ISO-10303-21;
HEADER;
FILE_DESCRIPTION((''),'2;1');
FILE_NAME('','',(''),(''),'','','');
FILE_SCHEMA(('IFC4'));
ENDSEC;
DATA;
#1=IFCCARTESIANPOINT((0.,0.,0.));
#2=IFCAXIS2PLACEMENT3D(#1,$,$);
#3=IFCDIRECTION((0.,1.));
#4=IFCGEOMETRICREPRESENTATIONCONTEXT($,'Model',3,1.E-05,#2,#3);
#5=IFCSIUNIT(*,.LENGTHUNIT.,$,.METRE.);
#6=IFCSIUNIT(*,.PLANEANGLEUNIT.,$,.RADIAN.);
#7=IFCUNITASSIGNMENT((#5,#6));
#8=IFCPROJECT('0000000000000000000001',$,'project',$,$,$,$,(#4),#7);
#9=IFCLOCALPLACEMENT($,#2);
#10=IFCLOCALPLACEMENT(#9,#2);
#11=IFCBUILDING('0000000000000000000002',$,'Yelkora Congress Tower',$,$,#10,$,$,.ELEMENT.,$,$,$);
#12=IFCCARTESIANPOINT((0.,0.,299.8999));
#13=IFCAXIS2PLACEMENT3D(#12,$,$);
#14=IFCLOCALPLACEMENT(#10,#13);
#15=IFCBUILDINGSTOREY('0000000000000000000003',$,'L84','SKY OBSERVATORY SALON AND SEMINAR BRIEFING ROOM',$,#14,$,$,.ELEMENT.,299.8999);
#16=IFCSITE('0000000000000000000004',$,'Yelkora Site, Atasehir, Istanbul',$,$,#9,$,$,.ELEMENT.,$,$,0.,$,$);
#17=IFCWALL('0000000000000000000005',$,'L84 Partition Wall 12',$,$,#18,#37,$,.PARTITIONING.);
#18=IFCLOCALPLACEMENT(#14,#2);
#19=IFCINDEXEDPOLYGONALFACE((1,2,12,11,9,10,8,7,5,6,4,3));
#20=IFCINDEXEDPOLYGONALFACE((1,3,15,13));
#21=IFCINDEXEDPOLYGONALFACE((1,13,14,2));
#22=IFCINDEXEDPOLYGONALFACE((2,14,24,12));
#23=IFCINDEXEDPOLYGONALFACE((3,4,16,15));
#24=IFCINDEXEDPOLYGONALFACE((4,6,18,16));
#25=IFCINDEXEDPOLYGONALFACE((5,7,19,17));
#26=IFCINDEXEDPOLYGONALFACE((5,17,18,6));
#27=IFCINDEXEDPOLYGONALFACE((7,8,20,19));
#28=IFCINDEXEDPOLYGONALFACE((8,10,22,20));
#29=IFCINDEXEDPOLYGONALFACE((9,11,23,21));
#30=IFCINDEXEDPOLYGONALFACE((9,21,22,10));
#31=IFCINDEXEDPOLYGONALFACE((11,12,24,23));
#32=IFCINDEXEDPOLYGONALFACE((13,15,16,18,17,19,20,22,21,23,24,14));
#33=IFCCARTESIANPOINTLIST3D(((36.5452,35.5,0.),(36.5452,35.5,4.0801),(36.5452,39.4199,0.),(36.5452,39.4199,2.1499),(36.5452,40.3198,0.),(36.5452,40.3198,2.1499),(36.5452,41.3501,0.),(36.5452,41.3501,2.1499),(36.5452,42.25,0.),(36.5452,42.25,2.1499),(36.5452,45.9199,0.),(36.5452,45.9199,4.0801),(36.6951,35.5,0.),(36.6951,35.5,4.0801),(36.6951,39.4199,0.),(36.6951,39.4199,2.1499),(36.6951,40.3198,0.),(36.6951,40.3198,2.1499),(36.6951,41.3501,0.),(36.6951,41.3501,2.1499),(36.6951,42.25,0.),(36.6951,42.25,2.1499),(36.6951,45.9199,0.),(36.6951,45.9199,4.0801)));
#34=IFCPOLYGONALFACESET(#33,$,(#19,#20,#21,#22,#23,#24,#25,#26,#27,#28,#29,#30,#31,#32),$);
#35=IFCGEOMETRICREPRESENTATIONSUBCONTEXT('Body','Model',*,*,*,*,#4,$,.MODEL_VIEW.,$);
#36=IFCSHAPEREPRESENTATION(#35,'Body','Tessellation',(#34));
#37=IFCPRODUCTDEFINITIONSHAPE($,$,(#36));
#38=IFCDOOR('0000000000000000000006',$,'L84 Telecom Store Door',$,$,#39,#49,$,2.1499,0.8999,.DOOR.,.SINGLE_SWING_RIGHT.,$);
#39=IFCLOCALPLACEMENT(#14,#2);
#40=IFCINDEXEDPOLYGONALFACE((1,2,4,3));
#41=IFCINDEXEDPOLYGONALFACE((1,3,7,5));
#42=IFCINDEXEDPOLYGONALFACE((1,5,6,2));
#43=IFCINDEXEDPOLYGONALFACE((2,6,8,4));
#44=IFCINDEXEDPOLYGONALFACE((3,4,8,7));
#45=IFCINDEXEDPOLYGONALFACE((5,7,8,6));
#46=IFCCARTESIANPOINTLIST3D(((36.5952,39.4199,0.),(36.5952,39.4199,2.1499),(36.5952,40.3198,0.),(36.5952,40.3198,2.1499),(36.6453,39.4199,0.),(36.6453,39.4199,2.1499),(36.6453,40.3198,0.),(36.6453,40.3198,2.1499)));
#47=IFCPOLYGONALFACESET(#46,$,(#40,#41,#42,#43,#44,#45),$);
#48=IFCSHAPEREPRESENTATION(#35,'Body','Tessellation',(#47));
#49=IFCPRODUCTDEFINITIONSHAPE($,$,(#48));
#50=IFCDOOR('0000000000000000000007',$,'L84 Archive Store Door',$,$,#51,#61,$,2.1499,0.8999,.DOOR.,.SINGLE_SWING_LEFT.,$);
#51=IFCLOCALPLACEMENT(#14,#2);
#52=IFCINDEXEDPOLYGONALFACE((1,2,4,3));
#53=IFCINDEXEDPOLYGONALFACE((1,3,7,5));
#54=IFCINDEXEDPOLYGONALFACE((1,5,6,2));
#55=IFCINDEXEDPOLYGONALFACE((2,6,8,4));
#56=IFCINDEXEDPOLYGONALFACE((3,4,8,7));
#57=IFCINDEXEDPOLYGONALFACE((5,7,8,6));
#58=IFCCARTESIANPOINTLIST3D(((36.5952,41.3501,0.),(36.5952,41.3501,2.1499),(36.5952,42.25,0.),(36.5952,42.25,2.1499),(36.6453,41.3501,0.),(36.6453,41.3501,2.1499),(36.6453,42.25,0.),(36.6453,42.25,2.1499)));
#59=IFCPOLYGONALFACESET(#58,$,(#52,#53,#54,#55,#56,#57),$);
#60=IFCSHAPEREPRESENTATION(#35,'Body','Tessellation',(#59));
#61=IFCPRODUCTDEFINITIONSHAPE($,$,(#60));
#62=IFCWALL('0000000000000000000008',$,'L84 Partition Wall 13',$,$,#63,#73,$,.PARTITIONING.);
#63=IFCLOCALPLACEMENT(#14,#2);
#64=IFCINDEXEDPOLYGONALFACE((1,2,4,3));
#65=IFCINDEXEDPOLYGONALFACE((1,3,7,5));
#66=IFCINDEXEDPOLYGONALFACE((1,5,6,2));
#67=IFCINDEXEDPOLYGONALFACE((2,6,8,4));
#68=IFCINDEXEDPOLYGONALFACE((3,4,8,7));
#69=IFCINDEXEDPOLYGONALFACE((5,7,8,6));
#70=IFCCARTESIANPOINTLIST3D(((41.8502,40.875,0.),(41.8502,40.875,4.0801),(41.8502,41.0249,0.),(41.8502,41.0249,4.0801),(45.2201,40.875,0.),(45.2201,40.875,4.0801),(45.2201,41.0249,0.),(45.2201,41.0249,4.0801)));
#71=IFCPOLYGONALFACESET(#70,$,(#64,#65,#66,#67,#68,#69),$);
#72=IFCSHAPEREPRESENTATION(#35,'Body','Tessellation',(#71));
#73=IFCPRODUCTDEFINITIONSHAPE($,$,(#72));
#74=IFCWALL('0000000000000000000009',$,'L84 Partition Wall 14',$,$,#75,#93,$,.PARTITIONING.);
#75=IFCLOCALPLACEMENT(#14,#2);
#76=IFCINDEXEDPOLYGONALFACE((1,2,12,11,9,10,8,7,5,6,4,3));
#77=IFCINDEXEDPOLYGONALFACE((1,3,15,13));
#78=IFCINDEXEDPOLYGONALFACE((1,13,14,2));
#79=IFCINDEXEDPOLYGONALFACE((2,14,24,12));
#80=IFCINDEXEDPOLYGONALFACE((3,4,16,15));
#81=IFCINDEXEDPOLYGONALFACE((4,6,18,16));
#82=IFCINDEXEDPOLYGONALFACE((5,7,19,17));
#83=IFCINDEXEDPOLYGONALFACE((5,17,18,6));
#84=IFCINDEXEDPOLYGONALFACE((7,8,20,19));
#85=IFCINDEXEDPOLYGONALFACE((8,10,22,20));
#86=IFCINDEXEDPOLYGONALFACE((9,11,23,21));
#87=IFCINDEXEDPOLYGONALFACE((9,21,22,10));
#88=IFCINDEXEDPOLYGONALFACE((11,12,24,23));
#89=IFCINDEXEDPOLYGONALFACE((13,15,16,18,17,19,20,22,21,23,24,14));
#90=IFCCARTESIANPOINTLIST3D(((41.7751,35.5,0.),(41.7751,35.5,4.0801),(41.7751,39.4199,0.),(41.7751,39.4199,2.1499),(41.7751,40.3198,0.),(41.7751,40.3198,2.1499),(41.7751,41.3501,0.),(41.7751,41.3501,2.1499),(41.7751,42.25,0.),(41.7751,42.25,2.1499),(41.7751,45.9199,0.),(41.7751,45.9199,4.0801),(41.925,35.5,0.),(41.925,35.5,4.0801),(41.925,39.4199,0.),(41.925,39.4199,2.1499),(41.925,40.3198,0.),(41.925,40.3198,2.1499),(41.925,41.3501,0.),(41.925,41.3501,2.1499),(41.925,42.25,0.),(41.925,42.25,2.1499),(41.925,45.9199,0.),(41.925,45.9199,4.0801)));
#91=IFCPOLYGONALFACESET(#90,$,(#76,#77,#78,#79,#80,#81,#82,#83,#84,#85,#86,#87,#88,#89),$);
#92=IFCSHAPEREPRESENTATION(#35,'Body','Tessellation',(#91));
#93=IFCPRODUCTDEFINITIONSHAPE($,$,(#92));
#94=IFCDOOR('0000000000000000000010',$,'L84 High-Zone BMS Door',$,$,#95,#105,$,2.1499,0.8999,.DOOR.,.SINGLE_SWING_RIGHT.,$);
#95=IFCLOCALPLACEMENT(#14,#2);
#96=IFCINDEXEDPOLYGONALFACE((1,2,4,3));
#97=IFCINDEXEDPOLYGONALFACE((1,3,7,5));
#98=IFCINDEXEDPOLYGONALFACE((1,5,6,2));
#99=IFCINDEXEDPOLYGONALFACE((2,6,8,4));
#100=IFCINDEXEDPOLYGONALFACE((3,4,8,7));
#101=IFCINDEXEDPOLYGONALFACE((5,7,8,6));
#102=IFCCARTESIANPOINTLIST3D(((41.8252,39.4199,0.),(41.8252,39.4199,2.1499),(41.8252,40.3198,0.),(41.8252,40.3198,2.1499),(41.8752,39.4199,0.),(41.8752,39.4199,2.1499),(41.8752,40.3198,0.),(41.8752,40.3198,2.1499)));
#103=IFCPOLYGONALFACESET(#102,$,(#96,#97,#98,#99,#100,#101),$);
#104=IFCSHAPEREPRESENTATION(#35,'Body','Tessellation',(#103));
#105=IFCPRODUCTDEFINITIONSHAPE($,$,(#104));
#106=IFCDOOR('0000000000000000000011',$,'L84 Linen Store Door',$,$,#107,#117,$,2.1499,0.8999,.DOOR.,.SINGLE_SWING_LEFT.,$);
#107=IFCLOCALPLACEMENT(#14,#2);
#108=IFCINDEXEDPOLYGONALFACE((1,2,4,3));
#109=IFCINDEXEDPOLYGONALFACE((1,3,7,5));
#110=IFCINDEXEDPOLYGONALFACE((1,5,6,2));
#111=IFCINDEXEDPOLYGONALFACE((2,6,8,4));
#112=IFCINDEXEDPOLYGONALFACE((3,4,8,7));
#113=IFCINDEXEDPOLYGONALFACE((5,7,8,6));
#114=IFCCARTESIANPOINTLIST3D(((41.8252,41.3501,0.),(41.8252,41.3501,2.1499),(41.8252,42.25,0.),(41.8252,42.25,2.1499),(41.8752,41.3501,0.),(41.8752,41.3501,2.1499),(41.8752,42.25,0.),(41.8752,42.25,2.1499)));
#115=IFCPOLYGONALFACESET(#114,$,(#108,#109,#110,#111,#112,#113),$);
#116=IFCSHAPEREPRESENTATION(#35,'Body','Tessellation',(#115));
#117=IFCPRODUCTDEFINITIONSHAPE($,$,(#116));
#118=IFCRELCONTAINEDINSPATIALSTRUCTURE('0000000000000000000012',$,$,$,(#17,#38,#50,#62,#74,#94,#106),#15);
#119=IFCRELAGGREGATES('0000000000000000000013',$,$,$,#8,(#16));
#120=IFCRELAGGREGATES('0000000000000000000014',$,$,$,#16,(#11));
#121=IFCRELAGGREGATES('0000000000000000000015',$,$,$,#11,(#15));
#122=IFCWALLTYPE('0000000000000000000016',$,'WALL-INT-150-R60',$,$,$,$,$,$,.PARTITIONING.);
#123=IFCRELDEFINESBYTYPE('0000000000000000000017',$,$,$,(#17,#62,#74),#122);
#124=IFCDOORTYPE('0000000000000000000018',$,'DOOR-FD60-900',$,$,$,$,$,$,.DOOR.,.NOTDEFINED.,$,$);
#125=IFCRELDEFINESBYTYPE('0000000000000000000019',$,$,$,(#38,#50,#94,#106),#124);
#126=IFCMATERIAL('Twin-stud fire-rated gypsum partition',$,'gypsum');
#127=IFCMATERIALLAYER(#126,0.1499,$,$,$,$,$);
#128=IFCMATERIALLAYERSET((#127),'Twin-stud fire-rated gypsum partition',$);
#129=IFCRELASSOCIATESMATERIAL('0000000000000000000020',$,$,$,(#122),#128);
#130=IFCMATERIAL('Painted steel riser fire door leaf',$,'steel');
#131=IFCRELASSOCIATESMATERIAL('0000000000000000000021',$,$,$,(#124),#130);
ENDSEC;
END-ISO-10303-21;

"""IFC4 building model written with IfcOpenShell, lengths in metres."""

from ifc_helpers import new_model, si_unit, direction, frame, frame_2d, origin, place, context, subcontext, project, spatial, rectangle, extrude, material, layer, layer_set, type_object, element, fill, save


model = new_model("IFC4")

# Units and contexts
model_context = context("Model", 3, precision=1e-05, world=origin(), true_north=direction((0.0, 1.0)))
body_context = subcontext(model_context, "Body", "Model", "MODEL_VIEW")
ifc_project = project(units=[si_unit("LENGTHUNIT", "METRE"), si_unit("PLANEANGLEUNIT", "RADIAN")], contexts=[model_context])

# Site, building, storey
site_placement = place(None, origin())
site = spatial("IfcSite", under=ifc_project, at=site_placement, Name="Yelkora Site, Atasehir, Istanbul", CompositionType="ELEMENT", RefElevation=0.0)
building_placement = place(site_placement, origin())
building = spatial("IfcBuilding", under=site, at=building_placement, Name="Yelkora Congress Tower", CompositionType="ELEMENT")
storey_placement = place(building_placement, frame((0.0, 0.0, 299.8999)))
storey = spatial("IfcBuildingStorey", under=building, at=storey_placement, Name="L84", Description="SKY OBSERVATORY SALON AND SEMINAR BRIEFING ROOM", CompositionType="ELEMENT", Elevation=299.8999)

# Shared definitions
ifc_material_1 = material(Name="Twin-stud fire-rated gypsum partition", Category="gypsum")
ifc_layer_1 = layer(ifc_material_1, 0.1499)
ifc_layer_set_1 = layer_set([ifc_layer_1], Name="Twin-stud fire-rated gypsum partition")
wall_type_1 = type_object("IfcWallType", Name="WALL-INT-150-R60", PredefinedType="PARTITIONING", material=ifc_layer_set_1)

# Wall, openings, doors
wall_1_placement = place(storey_placement, frame((36.6201, 35.5, 0.0), z_axis=(0.0, 0.0, 1.0), x_axis=(0.0, 1.0, 0.0)))
wall_1 = element("IfcWall", 1, at=wall_1_placement, inside=storey, type_object=wall_type_1, Name="L84 Partition Wall 12", PredefinedType="PARTITIONING", context=body_context, shape_type="SweptSolid", body=[
    extrude(rectangle(XDim=10.4199, YDim=0.1499, at=frame_2d((5.21, 0.0))), origin(), (0.0, 0.0, 1.0), 4.0801),
])
opening_1_placement = place(wall_1_placement, frame((3.9199, 0.0, 0.0)))
opening_1 = element("IfcOpeningElement", 2, at=opening_1_placement, cuts=wall_1, PredefinedType="OPENING", context=body_context, shape_type="SweptSolid", body=[
    extrude(rectangle(XDim=0.8999, YDim=2.1499, at=frame_2d((0.45, 1.075))), frame((0.0, 0.085, 0.0), z_axis=(0.0, -1.0, 0.0), x_axis=(1.0, 0.0, 0.0)), (0.0, 0.0, 1.0), 0.1699),
])
opening_2_placement = place(wall_1_placement, frame((5.8501, 0.0, 0.0)))
opening_2 = element("IfcOpeningElement", 3, at=opening_2_placement, cuts=wall_1, PredefinedType="OPENING", context=body_context, shape_type="SweptSolid", body=[
    extrude(rectangle(XDim=0.8999, YDim=2.1499, at=frame_2d((0.45, 1.075))), frame((0.0, 0.085, 0.0), z_axis=(0.0, -1.0, 0.0), x_axis=(1.0, 0.0, 0.0)), (0.0, 0.0, 1.0), 0.1699),
])
ifc_material_2 = material(Name="Painted steel riser fire door leaf", Category="steel")
door_type_1 = type_object("IfcDoorType", Name="DOOR-FD60-900", OperationType="NOTDEFINED", PredefinedType="DOOR", material=ifc_material_2)
door_1_placement = place(opening_1_placement, origin())
door_1 = element("IfcDoor", 4, at=door_1_placement, inside=storey, type_object=door_type_1, Name="L84 Telecom Store Door", OperationType="SINGLE_SWING_RIGHT", OverallHeight=2.1499, OverallWidth=0.8999, PredefinedType="DOOR", context=body_context, shape_type="SweptSolid", body=[
    extrude(rectangle(XDim=0.8999, YDim=2.1499, at=frame_2d((0.45, 1.075))), frame((0.0, 0.0249, 0.0), z_axis=(0.0, -1.0, 0.0), x_axis=(1.0, 0.0, 0.0)), (0.0, 0.0, 1.0), 0.05),
])
fill(opening_1, door_1)
door_2_placement = place(opening_2_placement, origin())
door_2 = element("IfcDoor", 5, at=door_2_placement, inside=storey, type_object=door_type_1, Name="L84 Archive Store Door", OperationType="SINGLE_SWING_LEFT", OverallHeight=2.1499, OverallWidth=0.8999, PredefinedType="DOOR", context=body_context, shape_type="SweptSolid", body=[
    extrude(rectangle(XDim=0.8999, YDim=2.1499, at=frame_2d((0.45, 1.075))), frame((0.0, 0.0249, 0.0), z_axis=(0.0, -1.0, 0.0), x_axis=(1.0, 0.0, 0.0)), (0.0, 0.0, 1.0), 0.05),
])
fill(opening_2, door_2)

# Wall
wall_2_placement = place(storey_placement, frame((41.8501, 40.95, 0.0), z_axis=(0.0, 0.0, 1.0), x_axis=(1.0, 0.0, 0.0)))
element("IfcWall", 6, at=wall_2_placement, inside=storey, type_object=wall_type_1, Name="L84 Partition Wall 13", PredefinedType="PARTITIONING", context=body_context, shape_type="SweptSolid", body=[
    extrude(rectangle(XDim=3.3699, YDim=0.1499, at=frame_2d((1.6851, 0.0))), origin(), (0.0, 0.0, 1.0), 4.0801),
])

# Wall, openings, doors
wall_3_placement = place(storey_placement, frame((41.8501, 35.5, 0.0), z_axis=(0.0, 0.0, 1.0), x_axis=(0.0, 1.0, 0.0)))
wall_3 = element("IfcWall", 7, at=wall_3_placement, inside=storey, type_object=wall_type_1, Name="L84 Partition Wall 14", PredefinedType="PARTITIONING", context=body_context, shape_type="SweptSolid", body=[
    extrude(rectangle(XDim=10.4199, YDim=0.1499, at=frame_2d((5.21, 0.0))), origin(), (0.0, 0.0, 1.0), 4.0801),
])
opening_3_placement = place(wall_3_placement, frame((3.9199, 0.0, 0.0)))
opening_3 = element("IfcOpeningElement", 8, at=opening_3_placement, cuts=wall_3, PredefinedType="OPENING", context=body_context, shape_type="SweptSolid", body=[
    extrude(rectangle(XDim=0.8999, YDim=2.1499, at=frame_2d((0.45, 1.075))), frame((0.0, 0.085, 0.0), z_axis=(0.0, -1.0, 0.0), x_axis=(1.0, 0.0, 0.0)), (0.0, 0.0, 1.0), 0.1699),
])
opening_4_placement = place(wall_3_placement, frame((5.8501, 0.0, 0.0)))
opening_4 = element("IfcOpeningElement", 9, at=opening_4_placement, cuts=wall_3, PredefinedType="OPENING", context=body_context, shape_type="SweptSolid", body=[
    extrude(rectangle(XDim=0.8999, YDim=2.1499, at=frame_2d((0.45, 1.075))), frame((0.0, 0.085, 0.0), z_axis=(0.0, -1.0, 0.0), x_axis=(1.0, 0.0, 0.0)), (0.0, 0.0, 1.0), 0.1699),
])
door_3_placement = place(opening_3_placement, origin())
door_3 = element("IfcDoor", 10, at=door_3_placement, inside=storey, type_object=door_type_1, Name="L84 High-Zone BMS Door", OperationType="SINGLE_SWING_RIGHT", OverallHeight=2.1499, OverallWidth=0.8999, PredefinedType="DOOR", context=body_context, shape_type="SweptSolid", body=[
    extrude(rectangle(XDim=0.8999, YDim=2.1499, at=frame_2d((0.45, 1.075))), frame((0.0, 0.0249, 0.0), z_axis=(0.0, -1.0, 0.0), x_axis=(1.0, 0.0, 0.0)), (0.0, 0.0, 1.0), 0.05),
])
fill(opening_3, door_3)
door_4_placement = place(opening_4_placement, origin())
door_4 = element("IfcDoor", 11, at=door_4_placement, inside=storey, type_object=door_type_1, Name="L84 Linen Store Door", OperationType="SINGLE_SWING_LEFT", OverallHeight=2.1499, OverallWidth=0.8999, PredefinedType="DOOR", context=body_context, shape_type="SweptSolid", body=[
    extrude(rectangle(XDim=0.8999, YDim=2.1499, at=frame_2d((0.45, 1.075))), frame((0.0, 0.0249, 0.0), z_axis=(0.0, -1.0, 0.0), x_axis=(1.0, 0.0, 0.0)), (0.0, 0.0, 1.0), 0.05),
])
fill(opening_4, door_4)

save(model, "model.ifc")
